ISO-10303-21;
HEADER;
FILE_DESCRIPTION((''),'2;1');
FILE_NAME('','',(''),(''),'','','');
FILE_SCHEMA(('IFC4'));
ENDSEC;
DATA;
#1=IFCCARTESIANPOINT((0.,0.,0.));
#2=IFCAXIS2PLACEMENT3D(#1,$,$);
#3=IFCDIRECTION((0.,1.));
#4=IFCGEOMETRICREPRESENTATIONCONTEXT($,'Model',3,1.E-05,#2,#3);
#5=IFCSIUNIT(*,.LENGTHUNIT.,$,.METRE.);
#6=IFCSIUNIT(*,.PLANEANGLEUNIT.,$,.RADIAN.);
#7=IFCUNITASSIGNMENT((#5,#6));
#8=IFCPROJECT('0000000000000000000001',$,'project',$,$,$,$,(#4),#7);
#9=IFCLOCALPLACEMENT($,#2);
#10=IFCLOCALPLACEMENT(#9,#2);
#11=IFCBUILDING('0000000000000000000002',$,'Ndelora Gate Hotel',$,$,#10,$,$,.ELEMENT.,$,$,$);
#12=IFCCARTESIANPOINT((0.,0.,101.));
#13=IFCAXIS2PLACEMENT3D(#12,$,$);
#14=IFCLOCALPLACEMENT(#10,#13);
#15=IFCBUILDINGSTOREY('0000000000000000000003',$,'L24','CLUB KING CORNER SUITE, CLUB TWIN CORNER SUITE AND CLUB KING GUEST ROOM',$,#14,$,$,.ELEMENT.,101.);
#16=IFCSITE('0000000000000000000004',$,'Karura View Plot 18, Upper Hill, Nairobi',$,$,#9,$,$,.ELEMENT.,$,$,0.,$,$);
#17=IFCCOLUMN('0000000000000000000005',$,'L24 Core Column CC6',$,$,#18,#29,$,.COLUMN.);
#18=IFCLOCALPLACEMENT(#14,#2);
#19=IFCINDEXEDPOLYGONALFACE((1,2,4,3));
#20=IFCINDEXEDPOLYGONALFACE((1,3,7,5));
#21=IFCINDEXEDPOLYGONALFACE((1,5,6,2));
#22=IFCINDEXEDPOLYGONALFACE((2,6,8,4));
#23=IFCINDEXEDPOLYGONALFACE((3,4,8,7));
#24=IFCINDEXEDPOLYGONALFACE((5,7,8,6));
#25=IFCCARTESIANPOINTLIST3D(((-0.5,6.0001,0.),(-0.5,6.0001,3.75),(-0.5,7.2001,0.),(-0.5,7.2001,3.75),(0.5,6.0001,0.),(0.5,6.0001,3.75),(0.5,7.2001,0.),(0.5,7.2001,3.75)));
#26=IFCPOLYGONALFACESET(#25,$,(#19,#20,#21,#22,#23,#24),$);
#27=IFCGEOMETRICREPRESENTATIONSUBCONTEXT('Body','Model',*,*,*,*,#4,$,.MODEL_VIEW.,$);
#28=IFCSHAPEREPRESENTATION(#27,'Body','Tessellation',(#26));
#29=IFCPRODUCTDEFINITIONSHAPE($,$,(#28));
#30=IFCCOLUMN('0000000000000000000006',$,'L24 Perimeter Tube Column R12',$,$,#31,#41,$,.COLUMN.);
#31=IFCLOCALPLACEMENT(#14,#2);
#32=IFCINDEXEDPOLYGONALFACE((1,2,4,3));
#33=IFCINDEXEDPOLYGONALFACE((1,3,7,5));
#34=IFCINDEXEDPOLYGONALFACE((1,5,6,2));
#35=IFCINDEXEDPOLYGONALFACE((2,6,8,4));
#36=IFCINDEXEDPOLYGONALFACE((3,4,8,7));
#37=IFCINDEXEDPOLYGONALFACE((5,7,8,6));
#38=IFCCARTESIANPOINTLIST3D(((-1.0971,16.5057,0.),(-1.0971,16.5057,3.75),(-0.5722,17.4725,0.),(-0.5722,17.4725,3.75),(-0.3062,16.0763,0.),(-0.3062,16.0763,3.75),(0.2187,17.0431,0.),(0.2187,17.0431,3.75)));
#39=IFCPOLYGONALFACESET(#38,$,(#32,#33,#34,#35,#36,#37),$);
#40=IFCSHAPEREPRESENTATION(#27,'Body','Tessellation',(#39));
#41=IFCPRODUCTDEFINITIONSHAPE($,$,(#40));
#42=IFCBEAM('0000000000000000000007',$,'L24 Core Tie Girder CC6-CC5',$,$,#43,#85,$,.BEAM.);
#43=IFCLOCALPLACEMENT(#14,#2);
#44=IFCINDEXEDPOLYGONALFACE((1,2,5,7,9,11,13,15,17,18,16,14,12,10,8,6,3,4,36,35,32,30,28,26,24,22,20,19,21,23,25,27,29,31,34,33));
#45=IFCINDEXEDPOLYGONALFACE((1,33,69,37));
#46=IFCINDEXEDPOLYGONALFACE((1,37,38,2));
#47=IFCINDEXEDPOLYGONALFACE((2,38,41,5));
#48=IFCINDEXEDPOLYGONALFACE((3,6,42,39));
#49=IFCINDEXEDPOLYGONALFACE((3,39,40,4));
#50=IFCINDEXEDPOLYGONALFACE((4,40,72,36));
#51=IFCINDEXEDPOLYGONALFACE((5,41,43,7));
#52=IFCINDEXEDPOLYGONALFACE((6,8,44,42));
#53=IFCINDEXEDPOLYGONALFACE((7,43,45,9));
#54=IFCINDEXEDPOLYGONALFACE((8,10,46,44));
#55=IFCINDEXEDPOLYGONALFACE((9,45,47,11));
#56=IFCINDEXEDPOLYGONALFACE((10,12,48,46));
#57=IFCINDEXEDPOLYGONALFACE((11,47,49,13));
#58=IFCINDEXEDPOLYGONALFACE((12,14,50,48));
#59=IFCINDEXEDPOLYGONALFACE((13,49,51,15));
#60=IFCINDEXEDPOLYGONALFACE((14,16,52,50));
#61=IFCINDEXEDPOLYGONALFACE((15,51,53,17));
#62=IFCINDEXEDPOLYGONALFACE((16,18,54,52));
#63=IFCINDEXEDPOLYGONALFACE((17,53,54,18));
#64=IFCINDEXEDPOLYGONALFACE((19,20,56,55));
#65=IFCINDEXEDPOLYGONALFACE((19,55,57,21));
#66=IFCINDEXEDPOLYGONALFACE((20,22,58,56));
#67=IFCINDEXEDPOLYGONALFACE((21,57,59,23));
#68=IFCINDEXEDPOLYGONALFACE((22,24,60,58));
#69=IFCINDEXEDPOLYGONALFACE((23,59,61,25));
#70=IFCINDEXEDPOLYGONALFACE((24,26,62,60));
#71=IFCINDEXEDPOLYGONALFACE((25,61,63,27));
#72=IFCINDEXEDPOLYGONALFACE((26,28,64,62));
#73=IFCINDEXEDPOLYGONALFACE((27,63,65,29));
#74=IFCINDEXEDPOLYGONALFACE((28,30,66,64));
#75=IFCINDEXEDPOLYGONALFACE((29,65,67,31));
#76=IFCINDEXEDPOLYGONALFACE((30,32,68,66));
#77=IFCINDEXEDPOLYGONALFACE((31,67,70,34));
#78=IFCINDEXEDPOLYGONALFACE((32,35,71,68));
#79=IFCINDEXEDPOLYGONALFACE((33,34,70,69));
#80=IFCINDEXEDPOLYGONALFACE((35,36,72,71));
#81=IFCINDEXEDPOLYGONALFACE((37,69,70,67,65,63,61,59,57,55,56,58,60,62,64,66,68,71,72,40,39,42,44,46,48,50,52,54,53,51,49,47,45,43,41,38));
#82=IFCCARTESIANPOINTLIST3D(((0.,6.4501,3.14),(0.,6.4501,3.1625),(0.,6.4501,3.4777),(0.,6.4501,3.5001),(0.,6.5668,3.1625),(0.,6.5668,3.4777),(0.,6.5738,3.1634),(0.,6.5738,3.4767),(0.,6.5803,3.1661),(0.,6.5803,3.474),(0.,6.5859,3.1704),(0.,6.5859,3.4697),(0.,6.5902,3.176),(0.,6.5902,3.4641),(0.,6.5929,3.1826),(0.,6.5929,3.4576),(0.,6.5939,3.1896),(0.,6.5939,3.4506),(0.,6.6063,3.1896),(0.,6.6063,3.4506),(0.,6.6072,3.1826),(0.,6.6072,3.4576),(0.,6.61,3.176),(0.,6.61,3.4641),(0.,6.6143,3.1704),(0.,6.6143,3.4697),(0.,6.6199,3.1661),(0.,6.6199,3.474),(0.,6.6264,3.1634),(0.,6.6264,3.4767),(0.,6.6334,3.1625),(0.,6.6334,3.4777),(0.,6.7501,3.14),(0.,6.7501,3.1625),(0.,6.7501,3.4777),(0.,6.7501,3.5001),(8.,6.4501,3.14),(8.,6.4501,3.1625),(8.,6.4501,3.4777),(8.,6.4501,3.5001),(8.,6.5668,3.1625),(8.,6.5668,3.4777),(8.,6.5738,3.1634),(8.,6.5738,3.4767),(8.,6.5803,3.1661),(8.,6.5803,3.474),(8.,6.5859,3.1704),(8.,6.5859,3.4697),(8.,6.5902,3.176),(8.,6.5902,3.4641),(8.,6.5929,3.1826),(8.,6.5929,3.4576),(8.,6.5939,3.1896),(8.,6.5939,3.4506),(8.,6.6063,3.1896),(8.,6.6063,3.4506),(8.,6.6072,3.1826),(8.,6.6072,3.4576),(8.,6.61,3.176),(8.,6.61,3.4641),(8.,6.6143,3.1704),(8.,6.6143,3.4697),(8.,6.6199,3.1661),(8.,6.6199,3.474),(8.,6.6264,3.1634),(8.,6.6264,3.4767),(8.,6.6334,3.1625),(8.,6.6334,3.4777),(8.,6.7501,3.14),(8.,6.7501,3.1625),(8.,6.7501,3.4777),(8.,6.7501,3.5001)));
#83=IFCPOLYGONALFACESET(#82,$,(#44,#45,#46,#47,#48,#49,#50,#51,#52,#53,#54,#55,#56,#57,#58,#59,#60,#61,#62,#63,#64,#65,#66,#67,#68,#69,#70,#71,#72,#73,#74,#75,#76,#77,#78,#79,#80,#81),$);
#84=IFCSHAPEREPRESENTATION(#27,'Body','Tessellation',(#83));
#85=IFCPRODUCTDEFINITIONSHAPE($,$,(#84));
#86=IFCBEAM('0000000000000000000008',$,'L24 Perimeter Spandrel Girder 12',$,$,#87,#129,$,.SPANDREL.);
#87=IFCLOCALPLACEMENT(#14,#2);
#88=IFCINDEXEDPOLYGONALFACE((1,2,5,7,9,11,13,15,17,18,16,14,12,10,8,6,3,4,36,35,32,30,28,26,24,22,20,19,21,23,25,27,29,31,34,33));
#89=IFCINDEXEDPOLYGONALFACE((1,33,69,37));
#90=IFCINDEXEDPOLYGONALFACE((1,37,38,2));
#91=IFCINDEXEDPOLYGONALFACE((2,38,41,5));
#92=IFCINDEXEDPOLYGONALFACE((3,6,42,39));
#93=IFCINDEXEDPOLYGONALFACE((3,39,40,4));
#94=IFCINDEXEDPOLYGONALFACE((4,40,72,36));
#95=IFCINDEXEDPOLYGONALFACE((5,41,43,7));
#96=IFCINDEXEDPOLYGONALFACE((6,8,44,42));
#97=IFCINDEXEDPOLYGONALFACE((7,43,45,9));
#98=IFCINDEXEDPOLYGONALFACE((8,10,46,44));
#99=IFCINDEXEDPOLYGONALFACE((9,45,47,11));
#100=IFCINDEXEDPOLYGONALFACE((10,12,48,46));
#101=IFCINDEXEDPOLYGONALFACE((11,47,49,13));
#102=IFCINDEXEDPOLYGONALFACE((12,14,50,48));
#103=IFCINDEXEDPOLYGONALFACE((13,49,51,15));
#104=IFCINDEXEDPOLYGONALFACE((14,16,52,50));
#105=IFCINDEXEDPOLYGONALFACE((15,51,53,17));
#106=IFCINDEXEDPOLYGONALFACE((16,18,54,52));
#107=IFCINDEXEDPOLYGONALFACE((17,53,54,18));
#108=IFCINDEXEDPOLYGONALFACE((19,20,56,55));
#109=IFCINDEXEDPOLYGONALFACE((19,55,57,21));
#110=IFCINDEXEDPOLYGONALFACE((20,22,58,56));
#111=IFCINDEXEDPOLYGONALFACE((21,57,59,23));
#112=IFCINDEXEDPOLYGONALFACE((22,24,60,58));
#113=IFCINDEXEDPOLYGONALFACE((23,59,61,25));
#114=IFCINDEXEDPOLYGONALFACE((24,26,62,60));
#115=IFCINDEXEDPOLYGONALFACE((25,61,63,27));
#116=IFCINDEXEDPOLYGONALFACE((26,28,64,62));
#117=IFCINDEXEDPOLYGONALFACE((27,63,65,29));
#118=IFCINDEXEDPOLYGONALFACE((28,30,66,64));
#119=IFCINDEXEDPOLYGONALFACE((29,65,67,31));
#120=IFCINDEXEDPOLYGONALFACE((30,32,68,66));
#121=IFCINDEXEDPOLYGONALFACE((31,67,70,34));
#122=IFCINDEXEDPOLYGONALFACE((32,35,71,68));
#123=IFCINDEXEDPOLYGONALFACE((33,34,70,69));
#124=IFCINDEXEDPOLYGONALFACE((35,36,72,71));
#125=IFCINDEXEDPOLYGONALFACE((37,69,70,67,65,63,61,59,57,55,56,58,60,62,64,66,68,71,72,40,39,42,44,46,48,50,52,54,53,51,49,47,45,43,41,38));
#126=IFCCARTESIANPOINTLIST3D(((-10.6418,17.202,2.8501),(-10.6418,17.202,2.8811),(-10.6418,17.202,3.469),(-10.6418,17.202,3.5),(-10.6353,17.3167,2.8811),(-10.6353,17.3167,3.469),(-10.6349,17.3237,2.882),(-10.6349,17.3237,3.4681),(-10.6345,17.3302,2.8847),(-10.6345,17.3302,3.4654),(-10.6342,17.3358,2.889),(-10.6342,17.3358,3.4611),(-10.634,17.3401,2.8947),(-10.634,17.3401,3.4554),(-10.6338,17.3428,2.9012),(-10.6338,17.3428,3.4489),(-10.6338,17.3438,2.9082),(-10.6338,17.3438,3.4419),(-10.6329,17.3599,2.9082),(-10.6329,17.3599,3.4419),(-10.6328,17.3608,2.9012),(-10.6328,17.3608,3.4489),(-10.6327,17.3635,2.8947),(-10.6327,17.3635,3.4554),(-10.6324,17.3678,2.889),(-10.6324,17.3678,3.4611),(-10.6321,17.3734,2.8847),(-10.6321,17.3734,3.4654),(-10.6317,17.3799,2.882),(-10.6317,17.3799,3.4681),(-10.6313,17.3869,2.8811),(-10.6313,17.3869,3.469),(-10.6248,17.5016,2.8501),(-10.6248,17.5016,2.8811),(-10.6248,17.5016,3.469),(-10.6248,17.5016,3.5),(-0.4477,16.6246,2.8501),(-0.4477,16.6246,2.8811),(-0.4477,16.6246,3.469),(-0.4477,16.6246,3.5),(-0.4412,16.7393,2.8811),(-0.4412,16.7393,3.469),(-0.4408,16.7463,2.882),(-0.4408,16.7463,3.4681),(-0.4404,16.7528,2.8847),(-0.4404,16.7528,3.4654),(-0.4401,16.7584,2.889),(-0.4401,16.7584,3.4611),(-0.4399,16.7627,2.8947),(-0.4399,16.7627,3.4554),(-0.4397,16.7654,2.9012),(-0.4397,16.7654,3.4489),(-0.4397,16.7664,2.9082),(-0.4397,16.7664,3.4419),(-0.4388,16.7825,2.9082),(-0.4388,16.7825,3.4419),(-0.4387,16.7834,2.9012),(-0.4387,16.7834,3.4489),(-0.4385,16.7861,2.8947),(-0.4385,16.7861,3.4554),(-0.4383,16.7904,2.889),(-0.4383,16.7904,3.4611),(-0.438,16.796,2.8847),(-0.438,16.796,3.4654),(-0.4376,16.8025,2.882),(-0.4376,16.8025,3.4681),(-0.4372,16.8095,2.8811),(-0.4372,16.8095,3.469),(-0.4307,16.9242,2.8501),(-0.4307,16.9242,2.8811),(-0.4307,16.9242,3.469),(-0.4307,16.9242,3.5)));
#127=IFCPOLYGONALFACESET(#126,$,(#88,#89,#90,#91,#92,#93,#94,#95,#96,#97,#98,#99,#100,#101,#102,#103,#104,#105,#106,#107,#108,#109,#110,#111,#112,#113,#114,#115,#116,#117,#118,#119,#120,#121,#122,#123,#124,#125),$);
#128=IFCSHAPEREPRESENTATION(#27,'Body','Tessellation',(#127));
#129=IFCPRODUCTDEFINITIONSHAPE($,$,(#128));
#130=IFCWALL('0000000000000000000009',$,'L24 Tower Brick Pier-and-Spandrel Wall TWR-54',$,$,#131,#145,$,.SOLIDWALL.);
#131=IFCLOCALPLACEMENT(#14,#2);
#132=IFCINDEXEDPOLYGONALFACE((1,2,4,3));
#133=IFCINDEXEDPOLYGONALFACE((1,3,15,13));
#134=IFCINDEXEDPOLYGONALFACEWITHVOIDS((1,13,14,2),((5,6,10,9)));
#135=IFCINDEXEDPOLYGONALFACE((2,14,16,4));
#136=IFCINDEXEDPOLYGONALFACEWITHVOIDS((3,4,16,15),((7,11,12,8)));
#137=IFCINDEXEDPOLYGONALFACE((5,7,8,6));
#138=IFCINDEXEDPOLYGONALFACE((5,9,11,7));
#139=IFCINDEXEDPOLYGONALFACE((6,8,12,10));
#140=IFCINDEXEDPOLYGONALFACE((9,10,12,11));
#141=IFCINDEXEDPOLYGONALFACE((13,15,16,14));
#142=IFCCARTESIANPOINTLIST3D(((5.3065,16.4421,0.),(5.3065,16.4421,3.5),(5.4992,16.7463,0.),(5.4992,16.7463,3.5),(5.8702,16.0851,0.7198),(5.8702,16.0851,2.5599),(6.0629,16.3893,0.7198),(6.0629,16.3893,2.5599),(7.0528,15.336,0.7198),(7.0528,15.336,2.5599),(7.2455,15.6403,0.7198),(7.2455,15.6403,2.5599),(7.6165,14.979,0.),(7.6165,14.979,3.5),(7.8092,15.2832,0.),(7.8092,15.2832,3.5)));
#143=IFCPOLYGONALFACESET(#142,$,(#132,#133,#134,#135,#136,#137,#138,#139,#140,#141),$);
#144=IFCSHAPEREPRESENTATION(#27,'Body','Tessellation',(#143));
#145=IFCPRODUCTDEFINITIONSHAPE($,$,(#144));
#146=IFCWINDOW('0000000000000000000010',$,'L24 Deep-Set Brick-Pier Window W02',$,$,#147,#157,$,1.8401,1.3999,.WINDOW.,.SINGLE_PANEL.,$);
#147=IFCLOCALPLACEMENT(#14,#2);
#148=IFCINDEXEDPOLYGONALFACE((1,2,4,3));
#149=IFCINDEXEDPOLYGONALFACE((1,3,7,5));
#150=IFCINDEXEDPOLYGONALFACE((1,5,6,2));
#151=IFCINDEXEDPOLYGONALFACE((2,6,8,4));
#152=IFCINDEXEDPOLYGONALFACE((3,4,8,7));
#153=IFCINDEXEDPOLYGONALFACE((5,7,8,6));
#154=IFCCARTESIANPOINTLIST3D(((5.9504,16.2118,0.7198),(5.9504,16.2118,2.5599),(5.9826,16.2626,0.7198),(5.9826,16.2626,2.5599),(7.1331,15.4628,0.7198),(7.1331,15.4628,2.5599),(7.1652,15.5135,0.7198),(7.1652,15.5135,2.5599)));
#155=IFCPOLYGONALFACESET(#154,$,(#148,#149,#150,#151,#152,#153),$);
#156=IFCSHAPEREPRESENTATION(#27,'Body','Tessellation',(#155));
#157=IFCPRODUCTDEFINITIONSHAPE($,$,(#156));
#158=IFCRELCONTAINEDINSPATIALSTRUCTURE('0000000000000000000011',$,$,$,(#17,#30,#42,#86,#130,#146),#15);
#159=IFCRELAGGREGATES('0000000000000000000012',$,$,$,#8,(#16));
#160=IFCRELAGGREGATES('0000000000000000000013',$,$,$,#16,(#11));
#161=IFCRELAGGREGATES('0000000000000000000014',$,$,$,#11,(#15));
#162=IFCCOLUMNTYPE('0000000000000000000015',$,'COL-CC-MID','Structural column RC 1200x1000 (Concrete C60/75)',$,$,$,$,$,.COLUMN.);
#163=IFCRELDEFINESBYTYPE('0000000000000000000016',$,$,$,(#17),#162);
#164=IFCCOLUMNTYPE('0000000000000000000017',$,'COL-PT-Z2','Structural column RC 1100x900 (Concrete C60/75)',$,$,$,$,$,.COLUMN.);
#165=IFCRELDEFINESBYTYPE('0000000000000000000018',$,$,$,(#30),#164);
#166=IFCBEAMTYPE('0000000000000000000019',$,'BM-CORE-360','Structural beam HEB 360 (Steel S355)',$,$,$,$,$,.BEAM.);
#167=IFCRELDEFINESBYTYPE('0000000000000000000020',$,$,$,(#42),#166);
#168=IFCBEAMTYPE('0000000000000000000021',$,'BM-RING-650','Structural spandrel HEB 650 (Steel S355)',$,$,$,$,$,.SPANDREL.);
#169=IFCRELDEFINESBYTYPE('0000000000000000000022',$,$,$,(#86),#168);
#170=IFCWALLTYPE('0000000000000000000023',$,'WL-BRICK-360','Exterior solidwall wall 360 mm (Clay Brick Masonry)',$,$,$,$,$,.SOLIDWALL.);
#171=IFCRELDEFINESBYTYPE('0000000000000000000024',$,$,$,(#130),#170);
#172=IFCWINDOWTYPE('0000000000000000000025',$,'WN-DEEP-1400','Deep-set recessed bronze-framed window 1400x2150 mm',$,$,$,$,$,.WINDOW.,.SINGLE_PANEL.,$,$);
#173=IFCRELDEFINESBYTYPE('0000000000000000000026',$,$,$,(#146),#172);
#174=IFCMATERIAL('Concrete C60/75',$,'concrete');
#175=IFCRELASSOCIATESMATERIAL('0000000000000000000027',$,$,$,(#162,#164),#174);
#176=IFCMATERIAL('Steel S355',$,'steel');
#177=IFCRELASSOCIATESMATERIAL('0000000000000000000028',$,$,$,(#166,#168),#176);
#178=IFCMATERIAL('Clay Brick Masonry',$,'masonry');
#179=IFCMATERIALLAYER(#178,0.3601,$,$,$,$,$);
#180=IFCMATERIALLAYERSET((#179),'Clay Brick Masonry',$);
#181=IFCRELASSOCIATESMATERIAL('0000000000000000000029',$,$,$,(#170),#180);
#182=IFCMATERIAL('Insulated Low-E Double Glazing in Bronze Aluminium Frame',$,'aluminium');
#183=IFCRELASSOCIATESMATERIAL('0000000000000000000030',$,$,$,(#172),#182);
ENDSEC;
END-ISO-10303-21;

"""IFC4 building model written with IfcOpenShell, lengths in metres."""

from ifc_helpers import new_model, si_unit, direction, frame, frame_2d, origin, origin_2d, place, context, subcontext, project, spatial, rectangle, i_section, extrude, material, layer, layer_set, material_profile, profile_set, type_object, element, fill, save


model = new_model("IFC4")

# Units and contexts
model_context = context("Model", 3, precision=1e-05, world=origin(), true_north=direction((0.0, 1.0)))
body_context = subcontext(model_context, "Body", "Model", "MODEL_VIEW")
ifc_project = project(units=[si_unit("LENGTHUNIT", "METRE"), si_unit("PLANEANGLEUNIT", "RADIAN")], contexts=[model_context])

# Site, building, storey
site_placement = place(None, origin())
site = spatial("IfcSite", under=ifc_project, at=site_placement, Name="Karura View Plot 18, Upper Hill, Nairobi", CompositionType="ELEMENT", RefElevation=0.0)
building_placement = place(site_placement, origin())
building = spatial("IfcBuilding", under=site, at=building_placement, Name="Ndelora Gate Hotel", CompositionType="ELEMENT")
storey_placement = place(building_placement, frame((0.0, 0.0, 101.0)))
storey = spatial("IfcBuildingStorey", under=building, at=storey_placement, Name="L24", Description="CLUB KING CORNER SUITE, CLUB TWIN CORNER SUITE AND CLUB KING GUEST ROOM", CompositionType="ELEMENT", Elevation=101.0)

# Columns
ifc_material_1 = material(Name="Concrete C60/75", Category="concrete")
ifc_material_profile_1 = material_profile(ifc_material_1, rectangle(XDim=1.0, YDim=1.2, at=origin_2d()), Name="RC 1200x1000")
ifc_profile_set_1 = profile_set([ifc_material_profile_1], Name="Concrete C60/75")
column_type_1 = type_object("IfcColumnType", Name="COL-CC-MID", Description="Structural column RC 1200x1000 (Concrete C60/75)", PredefinedType="COLUMN", material=ifc_profile_set_1)
column_1_placement = place(storey_placement, frame((0.0, 6.6001, 0.0), z_axis=(0.0, 0.0, 1.0), x_axis=(1.0, 0.0, 0.0)))
element("IfcColumn", 1, at=column_1_placement, inside=storey, type_object=column_type_1, Name="L24 Core Column CC6", PredefinedType="COLUMN", context=body_context, shape_type="SweptSolid", body=[
    extrude(rectangle(XDim=1.0, YDim=1.2, at=origin_2d()), origin(), (0.0, 0.0, 1.0), 3.75),
])
ifc_material_profile_2 = material_profile(ifc_material_1, rectangle(XDim=0.8999, YDim=1.1001, at=origin_2d()), Name="RC 1100x900")
ifc_profile_set_2 = profile_set([ifc_material_profile_2], Name="Concrete C60/75")
column_type_2 = type_object("IfcColumnType", Name="COL-PT-Z2", Description="Structural column RC 1100x900 (Concrete C60/75)", PredefinedType="COLUMN", material=ifc_profile_set_2)
column_2_placement = place(storey_placement, frame((-0.4392, 16.7744, 0.0), z_axis=(0.0, 0.0, 1.0), x_axis=(-0.878817, 0.477159, 0.0)))
element("IfcColumn", 2, at=column_2_placement, inside=storey, type_object=column_type_2, Name="L24 Perimeter Tube Column R12", PredefinedType="COLUMN", context=body_context, shape_type="SweptSolid", body=[
    extrude(rectangle(XDim=0.8999, YDim=1.1001, at=origin_2d()), origin(), (0.0, 0.0, 1.0), 3.75),
])

# Beams
ifc_material_2 = material(Name="Steel S355", Category="steel")
ifc_material_profile_3 = material_profile(ifc_material_2, i_section(OverallWidth=0.3, OverallDepth=0.3601, WebThickness=0.0125, FlangeThickness=0.0225, FilletRadius=0.0271, at=origin_2d()), Name="HEB 360")
ifc_profile_set_3 = profile_set([ifc_material_profile_3], Name="Steel S355")
beam_type_1 = type_object("IfcBeamType", Name="BM-CORE-360", Description="Structural beam HEB 360 (Steel S355)", PredefinedType="BEAM", material=ifc_profile_set_3)
beam_1_placement = place(storey_placement, frame((0.0, 6.6001, 3.3201), z_axis=(1.0, 0.0, 0.0), x_axis=(0.0, 1.0, 0.0)))
element("IfcBeam", 3, at=beam_1_placement, inside=storey, type_object=beam_type_1, Name="L24 Core Tie Girder CC6-CC5", PredefinedType="BEAM", context=body_context, shape_type="SweptSolid", body=[
    extrude(i_section(OverallWidth=0.3, OverallDepth=0.3601, WebThickness=0.0125, FlangeThickness=0.0225, FilletRadius=0.0271, at=origin_2d()), origin(), (0.0, 0.0, 1.0), 8.0),
])
ifc_material_profile_4 = material_profile(ifc_material_2, i_section(OverallWidth=0.3, OverallDepth=0.6499, WebThickness=0.0161, FlangeThickness=0.031, FilletRadius=0.0271, at=origin_2d()), Name="HEB 650")
ifc_profile_set_4 = profile_set([ifc_material_profile_4], Name="Steel S355")
beam_type_2 = type_object("IfcBeamType", Name="BM-RING-650", Description="Structural spandrel HEB 650 (Steel S355)", PredefinedType="SPANDREL", material=ifc_profile_set_4)
beam_2_placement = place(storey_placement, frame((-0.4392, 16.7744, 3.175), z_axis=(-0.9984, 0.056549, 0.0), x_axis=(-0.056549, -0.9984, 0.0)))
element("IfcBeam", 4, at=beam_2_placement, inside=storey, type_object=beam_type_2, Name="L24 Perimeter Spandrel Girder 12", PredefinedType="SPANDREL", context=body_context, shape_type="SweptSolid", body=[
    extrude(i_section(OverallWidth=0.3, OverallDepth=0.6499, WebThickness=0.0161, FlangeThickness=0.031, FilletRadius=0.0271, at=origin_2d()), origin(), (0.0, 0.0, 1.0), 10.2104),
])

# Wall, opening, window
ifc_material_3 = material(Name="Clay Brick Masonry", Category="masonry")
ifc_layer_1 = layer(ifc_material_3, 0.3601)
ifc_layer_set_1 = layer_set([ifc_layer_1], Name="Clay Brick Masonry")
wall_type_1 = type_object("IfcWallType", Name="WL-BRICK-360", Description="Exterior solidwall wall 360 mm (Clay Brick Masonry)", PredefinedType="SOLIDWALL", material=ifc_layer_set_1)
wall_1_placement = place(storey_placement, frame((5.4028, 16.5942, 0.0), z_axis=(0.0, 0.0, 1.0), x_axis=(0.844803, -0.535078, 0.0)))
wall_1 = element("IfcWall", 5, at=wall_1_placement, inside=storey, type_object=wall_type_1, Name="L24 Tower Brick Pier-and-Spandrel Wall TWR-54", PredefinedType="SOLIDWALL", context=body_context, shape_type="SweptSolid", body=[
    extrude(rectangle(XDim=2.7344, YDim=0.3601, at=frame_2d((1.3672, 0.0))), origin(), (0.0, 0.0, 1.0), 3.5),
])
opening_1_placement = place(wall_1_placement, frame((0.6672, 0.0, 0.72)))
opening_1 = element("IfcOpeningElement", 6, at=opening_1_placement, cuts=wall_1, PredefinedType="OPENING", context=body_context, shape_type="SweptSolid", body=[
    extrude(rectangle(XDim=1.3999, YDim=1.8401, at=frame_2d((0.7, 0.9199))), frame((0.0, 0.1899, 0.0), z_axis=(0.0, -1.0, 0.0), x_axis=(1.0, 0.0, 0.0)), (0.0, 0.0, 1.0), 0.3801),
])
ifc_material_4 = material(Name="Insulated Low-E Double Glazing in Bronze Aluminium Frame", Category="aluminium")
window_type_1 = type_object("IfcWindowType", Name="WN-DEEP-1400", Description="Deep-set recessed bronze-framed window 1400x2150 mm", PartitioningType="SINGLE_PANEL", PredefinedType="WINDOW", material=ifc_material_4)
window_1_placement = place(opening_1_placement, origin())
window_1 = element("IfcWindow", 7, at=window_1_placement, inside=storey, type_object=window_type_1, Name="L24 Deep-Set Brick-Pier Window W02", OverallHeight=1.8401, OverallWidth=1.3999, PartitioningType="SINGLE_PANEL", PredefinedType="WINDOW", context=body_context, shape_type="SweptSolid", body=[
    extrude(rectangle(XDim=1.3999, YDim=1.8401, at=frame_2d((0.7, 0.9199))), frame((0.0, 0.03, 0.0), z_axis=(0.0, -1.0, 0.0), x_axis=(1.0, 0.0, 0.0)), (0.0, 0.0, 1.0), 0.0601),
])
fill(opening_1, window_1)

save(model, "model.ifc")
